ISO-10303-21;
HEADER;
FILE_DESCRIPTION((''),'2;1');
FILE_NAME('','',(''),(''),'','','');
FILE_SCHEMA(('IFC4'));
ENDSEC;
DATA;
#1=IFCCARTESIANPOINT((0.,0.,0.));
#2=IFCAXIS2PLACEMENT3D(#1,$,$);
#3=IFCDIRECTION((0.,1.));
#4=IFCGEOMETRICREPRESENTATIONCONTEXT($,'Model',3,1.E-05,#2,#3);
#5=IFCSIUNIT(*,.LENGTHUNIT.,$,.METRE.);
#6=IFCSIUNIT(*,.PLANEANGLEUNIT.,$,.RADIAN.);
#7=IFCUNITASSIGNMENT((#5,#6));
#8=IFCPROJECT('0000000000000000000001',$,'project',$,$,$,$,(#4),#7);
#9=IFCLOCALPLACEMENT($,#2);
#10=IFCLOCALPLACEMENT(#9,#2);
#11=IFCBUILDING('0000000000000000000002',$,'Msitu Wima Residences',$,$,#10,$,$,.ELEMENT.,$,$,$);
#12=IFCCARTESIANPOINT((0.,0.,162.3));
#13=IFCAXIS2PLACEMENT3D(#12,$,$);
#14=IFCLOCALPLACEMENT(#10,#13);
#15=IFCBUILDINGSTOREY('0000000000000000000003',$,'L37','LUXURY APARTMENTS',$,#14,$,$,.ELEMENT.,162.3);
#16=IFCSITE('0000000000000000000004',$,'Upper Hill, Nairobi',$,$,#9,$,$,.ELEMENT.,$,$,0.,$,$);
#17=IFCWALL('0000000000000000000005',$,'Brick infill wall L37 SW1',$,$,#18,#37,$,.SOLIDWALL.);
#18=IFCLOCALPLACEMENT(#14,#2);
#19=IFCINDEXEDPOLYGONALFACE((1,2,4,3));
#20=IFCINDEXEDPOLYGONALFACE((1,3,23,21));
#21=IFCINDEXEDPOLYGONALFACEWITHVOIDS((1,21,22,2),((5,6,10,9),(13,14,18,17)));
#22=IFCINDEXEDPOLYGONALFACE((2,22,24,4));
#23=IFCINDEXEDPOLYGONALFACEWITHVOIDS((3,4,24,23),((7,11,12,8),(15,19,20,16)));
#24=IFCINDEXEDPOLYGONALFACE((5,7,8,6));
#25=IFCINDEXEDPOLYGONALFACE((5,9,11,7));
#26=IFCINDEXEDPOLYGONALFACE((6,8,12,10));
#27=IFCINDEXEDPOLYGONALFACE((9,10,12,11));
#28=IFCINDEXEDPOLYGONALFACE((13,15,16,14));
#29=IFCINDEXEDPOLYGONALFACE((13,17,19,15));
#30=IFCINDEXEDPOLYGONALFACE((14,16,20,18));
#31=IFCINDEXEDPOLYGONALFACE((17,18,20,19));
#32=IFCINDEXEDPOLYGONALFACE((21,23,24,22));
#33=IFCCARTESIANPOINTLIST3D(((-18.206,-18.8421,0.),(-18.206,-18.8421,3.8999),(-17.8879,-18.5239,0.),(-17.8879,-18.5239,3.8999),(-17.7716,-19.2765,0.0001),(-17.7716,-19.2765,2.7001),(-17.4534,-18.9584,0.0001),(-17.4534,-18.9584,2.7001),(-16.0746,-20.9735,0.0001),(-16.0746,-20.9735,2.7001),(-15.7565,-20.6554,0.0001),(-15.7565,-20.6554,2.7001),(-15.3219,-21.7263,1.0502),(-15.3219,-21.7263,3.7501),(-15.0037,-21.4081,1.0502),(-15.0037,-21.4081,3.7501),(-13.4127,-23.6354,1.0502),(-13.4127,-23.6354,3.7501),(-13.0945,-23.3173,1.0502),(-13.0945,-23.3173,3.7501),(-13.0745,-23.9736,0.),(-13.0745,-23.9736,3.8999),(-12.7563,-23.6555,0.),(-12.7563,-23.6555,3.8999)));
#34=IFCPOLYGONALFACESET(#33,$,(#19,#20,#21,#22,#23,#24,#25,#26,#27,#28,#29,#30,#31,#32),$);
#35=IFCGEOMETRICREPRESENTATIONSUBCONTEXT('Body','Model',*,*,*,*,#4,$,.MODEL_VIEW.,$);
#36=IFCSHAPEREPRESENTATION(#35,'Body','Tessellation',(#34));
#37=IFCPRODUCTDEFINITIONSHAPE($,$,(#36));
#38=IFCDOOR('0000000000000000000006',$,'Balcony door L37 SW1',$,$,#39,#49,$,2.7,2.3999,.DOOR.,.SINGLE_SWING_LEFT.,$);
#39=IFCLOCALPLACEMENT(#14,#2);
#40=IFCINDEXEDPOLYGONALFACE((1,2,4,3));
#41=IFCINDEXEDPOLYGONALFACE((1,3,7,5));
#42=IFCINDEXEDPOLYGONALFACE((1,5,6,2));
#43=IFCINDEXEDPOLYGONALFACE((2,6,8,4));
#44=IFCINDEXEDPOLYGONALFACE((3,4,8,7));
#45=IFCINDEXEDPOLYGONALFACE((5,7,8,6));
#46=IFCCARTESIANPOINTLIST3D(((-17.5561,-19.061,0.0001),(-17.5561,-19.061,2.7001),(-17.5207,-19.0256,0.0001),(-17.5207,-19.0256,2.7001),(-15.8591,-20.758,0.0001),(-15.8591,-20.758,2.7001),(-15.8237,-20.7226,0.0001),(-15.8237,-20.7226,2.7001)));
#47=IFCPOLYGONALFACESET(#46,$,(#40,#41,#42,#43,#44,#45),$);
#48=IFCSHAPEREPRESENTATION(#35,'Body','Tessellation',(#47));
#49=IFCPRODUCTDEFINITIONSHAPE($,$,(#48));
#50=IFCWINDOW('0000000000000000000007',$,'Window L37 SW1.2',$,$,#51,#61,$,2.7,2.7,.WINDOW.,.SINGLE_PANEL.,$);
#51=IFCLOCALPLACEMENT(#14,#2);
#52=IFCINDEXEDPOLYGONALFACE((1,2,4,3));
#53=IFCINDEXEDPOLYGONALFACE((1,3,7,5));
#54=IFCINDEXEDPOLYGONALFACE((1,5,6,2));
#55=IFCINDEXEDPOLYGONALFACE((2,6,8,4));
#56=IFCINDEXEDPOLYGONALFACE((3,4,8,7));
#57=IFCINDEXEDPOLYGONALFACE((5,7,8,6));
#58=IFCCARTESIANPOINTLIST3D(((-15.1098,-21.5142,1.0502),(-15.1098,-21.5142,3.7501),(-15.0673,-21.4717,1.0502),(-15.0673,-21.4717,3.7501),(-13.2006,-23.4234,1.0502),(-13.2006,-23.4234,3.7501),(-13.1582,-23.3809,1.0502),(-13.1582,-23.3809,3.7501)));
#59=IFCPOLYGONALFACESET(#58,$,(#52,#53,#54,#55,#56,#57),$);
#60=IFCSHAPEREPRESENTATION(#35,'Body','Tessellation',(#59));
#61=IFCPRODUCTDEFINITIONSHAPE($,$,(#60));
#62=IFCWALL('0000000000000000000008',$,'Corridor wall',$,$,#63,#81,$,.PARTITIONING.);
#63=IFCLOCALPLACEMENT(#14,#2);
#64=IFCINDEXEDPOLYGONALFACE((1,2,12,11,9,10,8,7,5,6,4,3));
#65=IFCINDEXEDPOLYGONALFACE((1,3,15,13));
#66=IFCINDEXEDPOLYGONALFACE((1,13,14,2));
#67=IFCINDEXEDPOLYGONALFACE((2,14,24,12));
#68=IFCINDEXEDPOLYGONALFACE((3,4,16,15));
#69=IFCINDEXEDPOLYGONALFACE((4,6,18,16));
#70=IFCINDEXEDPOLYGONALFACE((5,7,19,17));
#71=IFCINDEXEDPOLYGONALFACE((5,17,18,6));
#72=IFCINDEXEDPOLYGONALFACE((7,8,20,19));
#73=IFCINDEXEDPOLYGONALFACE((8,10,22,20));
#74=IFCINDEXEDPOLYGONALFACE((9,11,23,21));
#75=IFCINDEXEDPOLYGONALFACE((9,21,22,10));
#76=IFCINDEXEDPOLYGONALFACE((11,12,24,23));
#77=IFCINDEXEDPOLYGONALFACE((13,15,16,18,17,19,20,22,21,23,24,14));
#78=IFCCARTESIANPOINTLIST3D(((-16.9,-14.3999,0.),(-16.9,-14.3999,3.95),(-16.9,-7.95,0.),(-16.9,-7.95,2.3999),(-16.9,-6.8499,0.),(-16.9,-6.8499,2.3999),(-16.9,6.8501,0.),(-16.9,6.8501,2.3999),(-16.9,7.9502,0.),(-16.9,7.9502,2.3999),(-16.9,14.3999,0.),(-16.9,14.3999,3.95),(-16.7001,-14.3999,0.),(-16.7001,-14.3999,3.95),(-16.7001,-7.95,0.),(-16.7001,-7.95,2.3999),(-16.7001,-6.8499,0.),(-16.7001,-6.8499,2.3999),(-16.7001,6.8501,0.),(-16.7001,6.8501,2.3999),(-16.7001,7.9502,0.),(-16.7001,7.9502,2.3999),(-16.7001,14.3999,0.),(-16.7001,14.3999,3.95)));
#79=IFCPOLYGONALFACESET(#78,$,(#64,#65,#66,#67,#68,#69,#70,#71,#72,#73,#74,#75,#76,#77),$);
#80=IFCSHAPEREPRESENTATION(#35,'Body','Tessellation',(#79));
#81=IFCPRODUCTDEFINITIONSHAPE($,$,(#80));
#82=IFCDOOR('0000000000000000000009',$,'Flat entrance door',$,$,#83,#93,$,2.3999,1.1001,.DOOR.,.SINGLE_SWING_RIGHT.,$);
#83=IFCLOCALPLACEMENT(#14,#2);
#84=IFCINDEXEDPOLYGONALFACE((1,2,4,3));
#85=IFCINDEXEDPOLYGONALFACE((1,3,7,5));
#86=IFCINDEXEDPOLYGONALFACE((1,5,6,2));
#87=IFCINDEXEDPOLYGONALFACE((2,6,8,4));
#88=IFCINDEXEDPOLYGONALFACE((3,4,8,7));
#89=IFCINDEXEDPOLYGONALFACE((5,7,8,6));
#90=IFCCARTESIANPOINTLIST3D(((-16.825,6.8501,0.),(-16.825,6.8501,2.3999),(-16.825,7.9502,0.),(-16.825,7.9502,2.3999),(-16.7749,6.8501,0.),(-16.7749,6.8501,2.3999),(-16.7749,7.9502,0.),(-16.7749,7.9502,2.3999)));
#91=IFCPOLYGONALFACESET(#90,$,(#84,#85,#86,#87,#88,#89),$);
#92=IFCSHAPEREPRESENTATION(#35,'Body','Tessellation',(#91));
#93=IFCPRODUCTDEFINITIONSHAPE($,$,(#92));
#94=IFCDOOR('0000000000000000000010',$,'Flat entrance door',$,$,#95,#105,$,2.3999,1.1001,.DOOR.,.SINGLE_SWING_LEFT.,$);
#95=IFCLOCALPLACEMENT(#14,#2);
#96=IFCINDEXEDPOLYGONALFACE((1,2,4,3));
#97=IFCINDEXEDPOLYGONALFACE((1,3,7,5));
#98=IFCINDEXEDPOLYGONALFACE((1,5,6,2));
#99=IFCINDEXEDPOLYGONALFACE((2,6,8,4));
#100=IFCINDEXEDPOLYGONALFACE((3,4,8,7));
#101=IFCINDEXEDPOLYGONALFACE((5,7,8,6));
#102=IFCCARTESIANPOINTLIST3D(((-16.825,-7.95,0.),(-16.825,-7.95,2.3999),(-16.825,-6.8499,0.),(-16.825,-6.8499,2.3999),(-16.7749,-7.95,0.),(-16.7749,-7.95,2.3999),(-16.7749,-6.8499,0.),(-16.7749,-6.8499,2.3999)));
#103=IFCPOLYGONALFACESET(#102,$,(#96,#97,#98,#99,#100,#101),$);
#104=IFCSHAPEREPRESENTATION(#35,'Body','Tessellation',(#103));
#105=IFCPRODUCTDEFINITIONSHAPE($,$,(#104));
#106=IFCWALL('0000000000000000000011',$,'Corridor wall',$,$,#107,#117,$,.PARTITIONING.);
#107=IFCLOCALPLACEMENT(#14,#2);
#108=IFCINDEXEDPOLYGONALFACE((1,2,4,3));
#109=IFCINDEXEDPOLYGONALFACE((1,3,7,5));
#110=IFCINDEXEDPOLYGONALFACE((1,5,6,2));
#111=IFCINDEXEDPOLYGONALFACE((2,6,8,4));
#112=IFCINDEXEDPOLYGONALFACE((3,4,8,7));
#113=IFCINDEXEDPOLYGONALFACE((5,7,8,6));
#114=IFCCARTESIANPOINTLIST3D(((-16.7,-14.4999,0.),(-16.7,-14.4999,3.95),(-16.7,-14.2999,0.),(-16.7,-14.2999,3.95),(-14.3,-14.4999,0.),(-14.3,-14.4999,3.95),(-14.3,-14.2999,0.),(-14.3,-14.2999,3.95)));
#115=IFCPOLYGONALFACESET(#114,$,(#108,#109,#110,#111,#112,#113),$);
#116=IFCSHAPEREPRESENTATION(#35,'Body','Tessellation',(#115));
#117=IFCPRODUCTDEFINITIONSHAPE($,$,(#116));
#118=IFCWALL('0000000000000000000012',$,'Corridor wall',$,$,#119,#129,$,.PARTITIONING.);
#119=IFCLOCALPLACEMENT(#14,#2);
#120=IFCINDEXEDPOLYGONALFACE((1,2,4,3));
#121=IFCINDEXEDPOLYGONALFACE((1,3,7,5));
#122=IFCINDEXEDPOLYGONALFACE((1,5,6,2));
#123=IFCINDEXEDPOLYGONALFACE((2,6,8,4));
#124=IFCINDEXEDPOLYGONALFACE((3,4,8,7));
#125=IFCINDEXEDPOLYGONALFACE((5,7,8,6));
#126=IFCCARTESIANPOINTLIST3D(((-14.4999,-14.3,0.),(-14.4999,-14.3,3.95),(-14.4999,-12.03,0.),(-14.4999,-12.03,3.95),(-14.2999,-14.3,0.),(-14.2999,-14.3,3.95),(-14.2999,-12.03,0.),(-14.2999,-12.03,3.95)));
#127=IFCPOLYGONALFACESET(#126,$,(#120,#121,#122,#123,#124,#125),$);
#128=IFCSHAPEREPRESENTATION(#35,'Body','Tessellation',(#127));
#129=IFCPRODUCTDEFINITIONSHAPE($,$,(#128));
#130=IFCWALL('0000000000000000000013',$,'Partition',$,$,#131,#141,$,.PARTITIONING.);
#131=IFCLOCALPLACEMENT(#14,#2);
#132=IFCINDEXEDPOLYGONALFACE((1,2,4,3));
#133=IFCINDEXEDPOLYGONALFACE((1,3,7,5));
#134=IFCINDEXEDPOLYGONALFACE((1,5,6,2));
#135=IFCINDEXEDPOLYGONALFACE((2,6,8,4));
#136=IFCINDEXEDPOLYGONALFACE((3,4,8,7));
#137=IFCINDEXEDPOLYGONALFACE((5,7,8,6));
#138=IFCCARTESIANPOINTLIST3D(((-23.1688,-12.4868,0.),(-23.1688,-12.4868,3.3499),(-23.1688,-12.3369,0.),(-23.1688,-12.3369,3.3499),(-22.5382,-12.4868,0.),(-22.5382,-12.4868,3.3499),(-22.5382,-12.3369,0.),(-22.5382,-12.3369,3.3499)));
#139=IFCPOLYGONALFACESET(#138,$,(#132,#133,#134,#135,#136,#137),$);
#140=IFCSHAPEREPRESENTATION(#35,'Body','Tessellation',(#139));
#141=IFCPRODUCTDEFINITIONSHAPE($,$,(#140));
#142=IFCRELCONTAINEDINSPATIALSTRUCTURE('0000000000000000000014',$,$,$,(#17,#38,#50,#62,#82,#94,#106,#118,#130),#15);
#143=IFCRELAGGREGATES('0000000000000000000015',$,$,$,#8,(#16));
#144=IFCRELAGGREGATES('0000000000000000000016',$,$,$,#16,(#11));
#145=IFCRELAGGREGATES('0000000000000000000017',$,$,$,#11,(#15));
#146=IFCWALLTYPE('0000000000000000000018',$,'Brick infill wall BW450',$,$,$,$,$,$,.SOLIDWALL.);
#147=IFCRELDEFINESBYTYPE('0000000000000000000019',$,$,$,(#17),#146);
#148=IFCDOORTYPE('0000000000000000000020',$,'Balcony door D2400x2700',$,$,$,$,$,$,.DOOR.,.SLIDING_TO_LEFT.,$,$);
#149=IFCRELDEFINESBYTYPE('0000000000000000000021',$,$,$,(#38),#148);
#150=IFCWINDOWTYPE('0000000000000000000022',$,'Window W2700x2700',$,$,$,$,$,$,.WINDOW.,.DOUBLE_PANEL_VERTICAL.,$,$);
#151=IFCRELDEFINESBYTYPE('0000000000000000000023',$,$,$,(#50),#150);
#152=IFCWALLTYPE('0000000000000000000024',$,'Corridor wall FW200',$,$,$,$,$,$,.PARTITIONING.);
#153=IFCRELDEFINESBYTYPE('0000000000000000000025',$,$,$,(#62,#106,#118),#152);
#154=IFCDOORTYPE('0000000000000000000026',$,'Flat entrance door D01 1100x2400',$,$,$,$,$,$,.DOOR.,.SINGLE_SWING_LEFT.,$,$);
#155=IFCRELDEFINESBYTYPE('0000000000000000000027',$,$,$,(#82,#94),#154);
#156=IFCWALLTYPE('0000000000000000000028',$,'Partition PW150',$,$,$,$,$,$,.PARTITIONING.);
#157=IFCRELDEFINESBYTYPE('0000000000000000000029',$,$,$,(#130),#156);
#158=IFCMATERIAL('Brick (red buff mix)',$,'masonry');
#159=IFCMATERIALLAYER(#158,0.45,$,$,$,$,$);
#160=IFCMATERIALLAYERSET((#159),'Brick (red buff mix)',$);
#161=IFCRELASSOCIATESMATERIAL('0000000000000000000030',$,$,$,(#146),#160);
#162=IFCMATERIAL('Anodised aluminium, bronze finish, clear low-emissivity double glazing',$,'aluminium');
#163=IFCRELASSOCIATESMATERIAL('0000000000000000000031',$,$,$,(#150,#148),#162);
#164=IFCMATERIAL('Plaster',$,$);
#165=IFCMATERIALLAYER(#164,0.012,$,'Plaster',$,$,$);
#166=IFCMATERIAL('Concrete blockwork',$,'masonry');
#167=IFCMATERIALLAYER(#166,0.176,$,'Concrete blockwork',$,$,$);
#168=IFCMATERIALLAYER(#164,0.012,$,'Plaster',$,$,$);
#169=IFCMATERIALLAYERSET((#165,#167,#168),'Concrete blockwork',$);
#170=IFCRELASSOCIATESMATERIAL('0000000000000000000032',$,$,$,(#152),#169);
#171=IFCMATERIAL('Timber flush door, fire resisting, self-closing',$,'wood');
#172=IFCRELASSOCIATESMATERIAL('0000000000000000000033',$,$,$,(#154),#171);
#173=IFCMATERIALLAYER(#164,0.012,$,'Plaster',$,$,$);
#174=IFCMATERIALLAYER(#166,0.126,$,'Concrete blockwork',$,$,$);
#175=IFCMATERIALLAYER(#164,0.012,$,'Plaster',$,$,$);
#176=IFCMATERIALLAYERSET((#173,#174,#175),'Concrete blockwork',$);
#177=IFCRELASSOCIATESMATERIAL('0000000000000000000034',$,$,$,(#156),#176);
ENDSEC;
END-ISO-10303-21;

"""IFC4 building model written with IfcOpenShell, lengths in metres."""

from ifc_helpers import new_model, si_unit, direction, frame, frame_2d, origin, place, context, subcontext, project, spatial, rectangle, extrude, material, layer, layer_set, type_object, element, fill, save


model = new_model("IFC4")

# Units and contexts
model_context = context("Model", 3, precision=1e-05, world=origin(), true_north=direction((0.0, 1.0)))
body_context = subcontext(model_context, "Body", "Model", "MODEL_VIEW")
ifc_project = project(units=[si_unit("LENGTHUNIT", "METRE"), si_unit("PLANEANGLEUNIT", "RADIAN")], contexts=[model_context])

# Site, building, storey
site_placement = place(None, origin())
site = spatial("IfcSite", under=ifc_project, at=site_placement, Name="Upper Hill, Nairobi", CompositionType="ELEMENT", RefElevation=0.0)
building_placement = place(site_placement, origin())
building = spatial("IfcBuilding", under=site, at=building_placement, Name="Msitu Wima Residences", CompositionType="ELEMENT")
storey_placement = place(building_placement, frame((0.0, 0.0, 162.3)))
storey = spatial("IfcBuildingStorey", under=building, at=storey_placement, Name="L37", Description="LUXURY APARTMENTS", CompositionType="ELEMENT", Elevation=162.3)

# Shared definitions
ifc_material_1 = material(Name="Brick (red buff mix)", Category="masonry")
ifc_layer_1 = layer(ifc_material_1, 0.45)
ifc_layer_set_1 = layer_set([ifc_layer_1], Name="Brick (red buff mix)")
wall_type_1 = type_object("IfcWallType", Name="Brick infill wall BW450", PredefinedType="SOLIDWALL", material=ifc_layer_set_1)
ifc_material_2 = material(Name="Anodised aluminium, bronze finish, clear low-emissivity double glazing", Category="aluminium")
window_type = type_object("IfcWindowType", Name="Window W2700x2700", PartitioningType="DOUBLE_PANEL_VERTICAL", PredefinedType="WINDOW", material=ifc_material_2)

# Wall, openings, door, window
wall_1_placement = place(storey_placement, frame((-18.0469, -18.6831, 0.0), z_axis=(0.0, 0.0, 1.0), x_axis=(0.707107, -0.707107, 0.0)))
wall_1 = element("IfcWall", 1, at=wall_1_placement, inside=storey, type_object=wall_type_1, Name="Brick infill wall L37 SW1", PredefinedType="SOLIDWALL", context=body_context, shape_type="SweptSolid", body=[
    extrude(rectangle(XDim=7.2571, YDim=0.45, at=frame_2d((3.6284, 0.0))), origin(), (0.0, 0.0, 1.0), 3.8999),
])
opening_1_placement = place(wall_1_placement, frame((0.6143, 0.0, 0.0)))
opening_1 = element("IfcOpeningElement", 2, at=opening_1_placement, cuts=wall_1, PredefinedType="OPENING", context=body_context, shape_type="SweptSolid", body=[
    extrude(rectangle(XDim=2.3999, YDim=2.7, at=frame_2d((1.2, 1.3501))), frame((0.0, 0.2349, 0.0), z_axis=(0.0, -1.0, 0.0), x_axis=(1.0, 0.0, 0.0)), (0.0, 0.0, 1.0), 0.47),
])
opening_2_placement = place(wall_1_placement, frame((4.0786, 0.0, 1.05)))
opening_2 = element("IfcOpeningElement", 3, at=opening_2_placement, cuts=wall_1, PredefinedType="OPENING", context=body_context, shape_type="SweptSolid", body=[
    extrude(rectangle(XDim=2.7, YDim=2.7, at=frame_2d((1.3501, 1.3501))), frame((0.0, 0.2349, 0.0), z_axis=(0.0, -1.0, 0.0), x_axis=(1.0, 0.0, 0.0)), (0.0, 0.0, 1.0), 0.47),
])
door_type_1 = type_object("IfcDoorType", Name="Balcony door D2400x2700", OperationType="SLIDING_TO_LEFT", PredefinedType="DOOR", material=ifc_material_2)
door_1_placement = place(opening_1_placement, origin())
door_1 = element("IfcDoor", 4, at=door_1_placement, inside=storey, type_object=door_type_1, Name="Balcony door L37 SW1", OperationType="SINGLE_SWING_LEFT", OverallHeight=2.7, OverallWidth=2.3999, PredefinedType="DOOR", context=body_context, shape_type="SweptSolid", body=[
    extrude(rectangle(XDim=2.3999, YDim=2.7, at=frame_2d((1.2, 1.3501))), frame((0.0, 0.1299, 0.0), z_axis=(0.0, -1.0, 0.0), x_axis=(1.0, 0.0, 0.0)), (0.0, 0.0, 1.0), 0.05),
])
fill(opening_1, door_1)
window_1_placement = place(opening_2_placement, origin())
window_1 = element("IfcWindow", 5, at=window_1_placement, inside=storey, type_object=window_type, Name="Window L37 SW1.2", OverallHeight=2.7, OverallWidth=2.7, PartitioningType="SINGLE_PANEL", PredefinedType="WINDOW", context=body_context, shape_type="SweptSolid", body=[
    extrude(rectangle(XDim=2.7, YDim=2.7, at=frame_2d((1.3501, 1.3501))), frame((0.0, 0.135, 0.0), z_axis=(0.0, -1.0, 0.0), x_axis=(1.0, 0.0, 0.0)), (0.0, 0.0, 1.0), 0.0601),
])
fill(opening_2, window_1)

# Wall, openings, doors
ifc_material_3 = material(Name="Plaster")
ifc_layer_2 = layer(ifc_material_3, 0.012, Name="Plaster")
ifc_material_4 = material(Name="Concrete blockwork", Category="masonry")
ifc_layer_3 = layer(ifc_material_4, 0.176, Name="Concrete blockwork")
ifc_layer_4 = layer(ifc_material_3, 0.012, Name="Plaster")
ifc_layer_set_2 = layer_set([ifc_layer_2, ifc_layer_3, ifc_layer_4], Name="Concrete blockwork")
wall_type_2 = type_object("IfcWallType", Name="Corridor wall FW200", PredefinedType="PARTITIONING", material=ifc_layer_set_2)
wall_2_placement = place(storey_placement, frame((-16.8, -14.3999, 0.0), z_axis=(0.0, 0.0, 1.0), x_axis=(0.0, 1.0, 0.0)))
wall_2 = element("IfcWall", 6, at=wall_2_placement, inside=storey, type_object=wall_type_2, Name="Corridor wall", PredefinedType="PARTITIONING", context=body_context, shape_type="SweptSolid", body=[
    extrude(rectangle(XDim=28.7998, YDim=0.2, at=frame_2d((14.3999, 0.0))), origin(), (0.0, 0.0, 1.0), 3.95),
])
opening_3_placement = place(wall_2_placement, frame((21.25, 0.0, 0.0)))
opening_3 = element("IfcOpeningElement", 7, at=opening_3_placement, cuts=wall_2, PredefinedType="OPENING", context=body_context, shape_type="SweptSolid", body=[
    extrude(rectangle(XDim=1.1001, YDim=2.3999, at=frame_2d((0.55, 1.2))), frame((0.0, 0.1099, 0.0), z_axis=(0.0, -1.0, 0.0), x_axis=(1.0, 0.0, 0.0)), (0.0, 0.0, 1.0), 0.22),
])
opening_4_placement = place(wall_2_placement, frame((6.45, 0.0, 0.0)))
opening_4 = element("IfcOpeningElement", 8, at=opening_4_placement, cuts=wall_2, PredefinedType="OPENING", context=body_context, shape_type="SweptSolid", body=[
    extrude(rectangle(XDim=1.1001, YDim=2.3999, at=frame_2d((0.55, 1.2))), frame((0.0, 0.1099, 0.0), z_axis=(0.0, -1.0, 0.0), x_axis=(1.0, 0.0, 0.0)), (0.0, 0.0, 1.0), 0.22),
])
ifc_material_5 = material(Name="Timber flush door, fire resisting, self-closing", Category="wood")
door_type_2 = type_object("IfcDoorType", Name="Flat entrance door D01 1100x2400", OperationType="SINGLE_SWING_LEFT", PredefinedType="DOOR", material=ifc_material_5)
door_2_placement = place(opening_3_placement, origin())
door_2 = element("IfcDoor", 9, at=door_2_placement, inside=storey, type_object=door_type_2, Name="Flat entrance door", OperationType="SINGLE_SWING_RIGHT", OverallHeight=2.3999, OverallWidth=1.1001, PredefinedType="DOOR", context=body_context, shape_type="SweptSolid", body=[
    extrude(rectangle(XDim=1.1001, YDim=2.3999, at=frame_2d((0.55, 1.2))), frame((0.0, 0.0249, 0.0), z_axis=(0.0, -1.0, 0.0), x_axis=(1.0, 0.0, 0.0)), (0.0, 0.0, 1.0), 0.05),
])
fill(opening_3, door_2)
door_3_placement = place(opening_4_placement, origin())
door_3 = element("IfcDoor", 10, at=door_3_placement, inside=storey, type_object=door_type_2, Name="Flat entrance door", OperationType="SINGLE_SWING_LEFT", OverallHeight=2.3999, OverallWidth=1.1001, PredefinedType="DOOR", context=body_context, shape_type="SweptSolid", body=[
    extrude(rectangle(XDim=1.1001, YDim=2.3999, at=frame_2d((0.55, 1.2))), frame((0.0, 0.0249, 0.0), z_axis=(0.0, -1.0, 0.0), x_axis=(1.0, 0.0, 0.0)), (0.0, 0.0, 1.0), 0.05),
])
fill(opening_4, door_3)

# Walls
wall_3_placement = place(storey_placement, frame((-16.7, -14.3999, 0.0), z_axis=(0.0, 0.0, 1.0), x_axis=(1.0, 0.0, 0.0)))
element("IfcWall", 11, at=wall_3_placement, inside=storey, type_object=wall_type_2, Name="Corridor wall", PredefinedType="PARTITIONING", context=body_context, shape_type="SweptSolid", body=[
    extrude(rectangle(XDim=2.3999, YDim=0.2, at=frame_2d((1.2, 0.0))), origin(), (0.0, 0.0, 1.0), 3.95),
])
wall_4_placement = place(storey_placement, frame((-14.3999, -14.3, 0.0), z_axis=(0.0, 0.0, 1.0), x_axis=(0.0, 1.0, 0.0)))
element("IfcWall", 12, at=wall_4_placement, inside=storey, type_object=wall_type_2, Name="Corridor wall", PredefinedType="PARTITIONING", context=body_context, shape_type="SweptSolid", body=[
    extrude(rectangle(XDim=2.27, YDim=0.2, at=frame_2d((1.135, 0.0))), origin(), (0.0, 0.0, 1.0), 3.95),
])
ifc_layer_5 = layer(ifc_material_3, 0.012, Name="Plaster")
ifc_layer_6 = layer(ifc_material_4, 0.126, Name="Concrete blockwork")
ifc_layer_7 = layer(ifc_material_3, 0.012, Name="Plaster")
ifc_layer_set_3 = layer_set([ifc_layer_5, ifc_layer_6, ifc_layer_7], Name="Concrete blockwork")
wall_type_3 = type_object("IfcWallType", Name="Partition PW150", PredefinedType="PARTITIONING", material=ifc_layer_set_3)
wall_5_placement = place(storey_placement, frame((-23.1689, -12.4119, 0.0), z_axis=(0.0, 0.0, 1.0), x_axis=(1.0, 0.0, 0.0)))
element("IfcWall", 13, at=wall_5_placement, inside=storey, type_object=wall_type_3, Name="Partition", PredefinedType="PARTITIONING", context=body_context, shape_type="SweptSolid", body=[
    extrude(rectangle(XDim=0.6306, YDim=0.1499, at=frame_2d((0.3154, 0.0))), origin(), (0.0, 0.0, 1.0), 3.3499),
])

save(model, "model.ifc")
